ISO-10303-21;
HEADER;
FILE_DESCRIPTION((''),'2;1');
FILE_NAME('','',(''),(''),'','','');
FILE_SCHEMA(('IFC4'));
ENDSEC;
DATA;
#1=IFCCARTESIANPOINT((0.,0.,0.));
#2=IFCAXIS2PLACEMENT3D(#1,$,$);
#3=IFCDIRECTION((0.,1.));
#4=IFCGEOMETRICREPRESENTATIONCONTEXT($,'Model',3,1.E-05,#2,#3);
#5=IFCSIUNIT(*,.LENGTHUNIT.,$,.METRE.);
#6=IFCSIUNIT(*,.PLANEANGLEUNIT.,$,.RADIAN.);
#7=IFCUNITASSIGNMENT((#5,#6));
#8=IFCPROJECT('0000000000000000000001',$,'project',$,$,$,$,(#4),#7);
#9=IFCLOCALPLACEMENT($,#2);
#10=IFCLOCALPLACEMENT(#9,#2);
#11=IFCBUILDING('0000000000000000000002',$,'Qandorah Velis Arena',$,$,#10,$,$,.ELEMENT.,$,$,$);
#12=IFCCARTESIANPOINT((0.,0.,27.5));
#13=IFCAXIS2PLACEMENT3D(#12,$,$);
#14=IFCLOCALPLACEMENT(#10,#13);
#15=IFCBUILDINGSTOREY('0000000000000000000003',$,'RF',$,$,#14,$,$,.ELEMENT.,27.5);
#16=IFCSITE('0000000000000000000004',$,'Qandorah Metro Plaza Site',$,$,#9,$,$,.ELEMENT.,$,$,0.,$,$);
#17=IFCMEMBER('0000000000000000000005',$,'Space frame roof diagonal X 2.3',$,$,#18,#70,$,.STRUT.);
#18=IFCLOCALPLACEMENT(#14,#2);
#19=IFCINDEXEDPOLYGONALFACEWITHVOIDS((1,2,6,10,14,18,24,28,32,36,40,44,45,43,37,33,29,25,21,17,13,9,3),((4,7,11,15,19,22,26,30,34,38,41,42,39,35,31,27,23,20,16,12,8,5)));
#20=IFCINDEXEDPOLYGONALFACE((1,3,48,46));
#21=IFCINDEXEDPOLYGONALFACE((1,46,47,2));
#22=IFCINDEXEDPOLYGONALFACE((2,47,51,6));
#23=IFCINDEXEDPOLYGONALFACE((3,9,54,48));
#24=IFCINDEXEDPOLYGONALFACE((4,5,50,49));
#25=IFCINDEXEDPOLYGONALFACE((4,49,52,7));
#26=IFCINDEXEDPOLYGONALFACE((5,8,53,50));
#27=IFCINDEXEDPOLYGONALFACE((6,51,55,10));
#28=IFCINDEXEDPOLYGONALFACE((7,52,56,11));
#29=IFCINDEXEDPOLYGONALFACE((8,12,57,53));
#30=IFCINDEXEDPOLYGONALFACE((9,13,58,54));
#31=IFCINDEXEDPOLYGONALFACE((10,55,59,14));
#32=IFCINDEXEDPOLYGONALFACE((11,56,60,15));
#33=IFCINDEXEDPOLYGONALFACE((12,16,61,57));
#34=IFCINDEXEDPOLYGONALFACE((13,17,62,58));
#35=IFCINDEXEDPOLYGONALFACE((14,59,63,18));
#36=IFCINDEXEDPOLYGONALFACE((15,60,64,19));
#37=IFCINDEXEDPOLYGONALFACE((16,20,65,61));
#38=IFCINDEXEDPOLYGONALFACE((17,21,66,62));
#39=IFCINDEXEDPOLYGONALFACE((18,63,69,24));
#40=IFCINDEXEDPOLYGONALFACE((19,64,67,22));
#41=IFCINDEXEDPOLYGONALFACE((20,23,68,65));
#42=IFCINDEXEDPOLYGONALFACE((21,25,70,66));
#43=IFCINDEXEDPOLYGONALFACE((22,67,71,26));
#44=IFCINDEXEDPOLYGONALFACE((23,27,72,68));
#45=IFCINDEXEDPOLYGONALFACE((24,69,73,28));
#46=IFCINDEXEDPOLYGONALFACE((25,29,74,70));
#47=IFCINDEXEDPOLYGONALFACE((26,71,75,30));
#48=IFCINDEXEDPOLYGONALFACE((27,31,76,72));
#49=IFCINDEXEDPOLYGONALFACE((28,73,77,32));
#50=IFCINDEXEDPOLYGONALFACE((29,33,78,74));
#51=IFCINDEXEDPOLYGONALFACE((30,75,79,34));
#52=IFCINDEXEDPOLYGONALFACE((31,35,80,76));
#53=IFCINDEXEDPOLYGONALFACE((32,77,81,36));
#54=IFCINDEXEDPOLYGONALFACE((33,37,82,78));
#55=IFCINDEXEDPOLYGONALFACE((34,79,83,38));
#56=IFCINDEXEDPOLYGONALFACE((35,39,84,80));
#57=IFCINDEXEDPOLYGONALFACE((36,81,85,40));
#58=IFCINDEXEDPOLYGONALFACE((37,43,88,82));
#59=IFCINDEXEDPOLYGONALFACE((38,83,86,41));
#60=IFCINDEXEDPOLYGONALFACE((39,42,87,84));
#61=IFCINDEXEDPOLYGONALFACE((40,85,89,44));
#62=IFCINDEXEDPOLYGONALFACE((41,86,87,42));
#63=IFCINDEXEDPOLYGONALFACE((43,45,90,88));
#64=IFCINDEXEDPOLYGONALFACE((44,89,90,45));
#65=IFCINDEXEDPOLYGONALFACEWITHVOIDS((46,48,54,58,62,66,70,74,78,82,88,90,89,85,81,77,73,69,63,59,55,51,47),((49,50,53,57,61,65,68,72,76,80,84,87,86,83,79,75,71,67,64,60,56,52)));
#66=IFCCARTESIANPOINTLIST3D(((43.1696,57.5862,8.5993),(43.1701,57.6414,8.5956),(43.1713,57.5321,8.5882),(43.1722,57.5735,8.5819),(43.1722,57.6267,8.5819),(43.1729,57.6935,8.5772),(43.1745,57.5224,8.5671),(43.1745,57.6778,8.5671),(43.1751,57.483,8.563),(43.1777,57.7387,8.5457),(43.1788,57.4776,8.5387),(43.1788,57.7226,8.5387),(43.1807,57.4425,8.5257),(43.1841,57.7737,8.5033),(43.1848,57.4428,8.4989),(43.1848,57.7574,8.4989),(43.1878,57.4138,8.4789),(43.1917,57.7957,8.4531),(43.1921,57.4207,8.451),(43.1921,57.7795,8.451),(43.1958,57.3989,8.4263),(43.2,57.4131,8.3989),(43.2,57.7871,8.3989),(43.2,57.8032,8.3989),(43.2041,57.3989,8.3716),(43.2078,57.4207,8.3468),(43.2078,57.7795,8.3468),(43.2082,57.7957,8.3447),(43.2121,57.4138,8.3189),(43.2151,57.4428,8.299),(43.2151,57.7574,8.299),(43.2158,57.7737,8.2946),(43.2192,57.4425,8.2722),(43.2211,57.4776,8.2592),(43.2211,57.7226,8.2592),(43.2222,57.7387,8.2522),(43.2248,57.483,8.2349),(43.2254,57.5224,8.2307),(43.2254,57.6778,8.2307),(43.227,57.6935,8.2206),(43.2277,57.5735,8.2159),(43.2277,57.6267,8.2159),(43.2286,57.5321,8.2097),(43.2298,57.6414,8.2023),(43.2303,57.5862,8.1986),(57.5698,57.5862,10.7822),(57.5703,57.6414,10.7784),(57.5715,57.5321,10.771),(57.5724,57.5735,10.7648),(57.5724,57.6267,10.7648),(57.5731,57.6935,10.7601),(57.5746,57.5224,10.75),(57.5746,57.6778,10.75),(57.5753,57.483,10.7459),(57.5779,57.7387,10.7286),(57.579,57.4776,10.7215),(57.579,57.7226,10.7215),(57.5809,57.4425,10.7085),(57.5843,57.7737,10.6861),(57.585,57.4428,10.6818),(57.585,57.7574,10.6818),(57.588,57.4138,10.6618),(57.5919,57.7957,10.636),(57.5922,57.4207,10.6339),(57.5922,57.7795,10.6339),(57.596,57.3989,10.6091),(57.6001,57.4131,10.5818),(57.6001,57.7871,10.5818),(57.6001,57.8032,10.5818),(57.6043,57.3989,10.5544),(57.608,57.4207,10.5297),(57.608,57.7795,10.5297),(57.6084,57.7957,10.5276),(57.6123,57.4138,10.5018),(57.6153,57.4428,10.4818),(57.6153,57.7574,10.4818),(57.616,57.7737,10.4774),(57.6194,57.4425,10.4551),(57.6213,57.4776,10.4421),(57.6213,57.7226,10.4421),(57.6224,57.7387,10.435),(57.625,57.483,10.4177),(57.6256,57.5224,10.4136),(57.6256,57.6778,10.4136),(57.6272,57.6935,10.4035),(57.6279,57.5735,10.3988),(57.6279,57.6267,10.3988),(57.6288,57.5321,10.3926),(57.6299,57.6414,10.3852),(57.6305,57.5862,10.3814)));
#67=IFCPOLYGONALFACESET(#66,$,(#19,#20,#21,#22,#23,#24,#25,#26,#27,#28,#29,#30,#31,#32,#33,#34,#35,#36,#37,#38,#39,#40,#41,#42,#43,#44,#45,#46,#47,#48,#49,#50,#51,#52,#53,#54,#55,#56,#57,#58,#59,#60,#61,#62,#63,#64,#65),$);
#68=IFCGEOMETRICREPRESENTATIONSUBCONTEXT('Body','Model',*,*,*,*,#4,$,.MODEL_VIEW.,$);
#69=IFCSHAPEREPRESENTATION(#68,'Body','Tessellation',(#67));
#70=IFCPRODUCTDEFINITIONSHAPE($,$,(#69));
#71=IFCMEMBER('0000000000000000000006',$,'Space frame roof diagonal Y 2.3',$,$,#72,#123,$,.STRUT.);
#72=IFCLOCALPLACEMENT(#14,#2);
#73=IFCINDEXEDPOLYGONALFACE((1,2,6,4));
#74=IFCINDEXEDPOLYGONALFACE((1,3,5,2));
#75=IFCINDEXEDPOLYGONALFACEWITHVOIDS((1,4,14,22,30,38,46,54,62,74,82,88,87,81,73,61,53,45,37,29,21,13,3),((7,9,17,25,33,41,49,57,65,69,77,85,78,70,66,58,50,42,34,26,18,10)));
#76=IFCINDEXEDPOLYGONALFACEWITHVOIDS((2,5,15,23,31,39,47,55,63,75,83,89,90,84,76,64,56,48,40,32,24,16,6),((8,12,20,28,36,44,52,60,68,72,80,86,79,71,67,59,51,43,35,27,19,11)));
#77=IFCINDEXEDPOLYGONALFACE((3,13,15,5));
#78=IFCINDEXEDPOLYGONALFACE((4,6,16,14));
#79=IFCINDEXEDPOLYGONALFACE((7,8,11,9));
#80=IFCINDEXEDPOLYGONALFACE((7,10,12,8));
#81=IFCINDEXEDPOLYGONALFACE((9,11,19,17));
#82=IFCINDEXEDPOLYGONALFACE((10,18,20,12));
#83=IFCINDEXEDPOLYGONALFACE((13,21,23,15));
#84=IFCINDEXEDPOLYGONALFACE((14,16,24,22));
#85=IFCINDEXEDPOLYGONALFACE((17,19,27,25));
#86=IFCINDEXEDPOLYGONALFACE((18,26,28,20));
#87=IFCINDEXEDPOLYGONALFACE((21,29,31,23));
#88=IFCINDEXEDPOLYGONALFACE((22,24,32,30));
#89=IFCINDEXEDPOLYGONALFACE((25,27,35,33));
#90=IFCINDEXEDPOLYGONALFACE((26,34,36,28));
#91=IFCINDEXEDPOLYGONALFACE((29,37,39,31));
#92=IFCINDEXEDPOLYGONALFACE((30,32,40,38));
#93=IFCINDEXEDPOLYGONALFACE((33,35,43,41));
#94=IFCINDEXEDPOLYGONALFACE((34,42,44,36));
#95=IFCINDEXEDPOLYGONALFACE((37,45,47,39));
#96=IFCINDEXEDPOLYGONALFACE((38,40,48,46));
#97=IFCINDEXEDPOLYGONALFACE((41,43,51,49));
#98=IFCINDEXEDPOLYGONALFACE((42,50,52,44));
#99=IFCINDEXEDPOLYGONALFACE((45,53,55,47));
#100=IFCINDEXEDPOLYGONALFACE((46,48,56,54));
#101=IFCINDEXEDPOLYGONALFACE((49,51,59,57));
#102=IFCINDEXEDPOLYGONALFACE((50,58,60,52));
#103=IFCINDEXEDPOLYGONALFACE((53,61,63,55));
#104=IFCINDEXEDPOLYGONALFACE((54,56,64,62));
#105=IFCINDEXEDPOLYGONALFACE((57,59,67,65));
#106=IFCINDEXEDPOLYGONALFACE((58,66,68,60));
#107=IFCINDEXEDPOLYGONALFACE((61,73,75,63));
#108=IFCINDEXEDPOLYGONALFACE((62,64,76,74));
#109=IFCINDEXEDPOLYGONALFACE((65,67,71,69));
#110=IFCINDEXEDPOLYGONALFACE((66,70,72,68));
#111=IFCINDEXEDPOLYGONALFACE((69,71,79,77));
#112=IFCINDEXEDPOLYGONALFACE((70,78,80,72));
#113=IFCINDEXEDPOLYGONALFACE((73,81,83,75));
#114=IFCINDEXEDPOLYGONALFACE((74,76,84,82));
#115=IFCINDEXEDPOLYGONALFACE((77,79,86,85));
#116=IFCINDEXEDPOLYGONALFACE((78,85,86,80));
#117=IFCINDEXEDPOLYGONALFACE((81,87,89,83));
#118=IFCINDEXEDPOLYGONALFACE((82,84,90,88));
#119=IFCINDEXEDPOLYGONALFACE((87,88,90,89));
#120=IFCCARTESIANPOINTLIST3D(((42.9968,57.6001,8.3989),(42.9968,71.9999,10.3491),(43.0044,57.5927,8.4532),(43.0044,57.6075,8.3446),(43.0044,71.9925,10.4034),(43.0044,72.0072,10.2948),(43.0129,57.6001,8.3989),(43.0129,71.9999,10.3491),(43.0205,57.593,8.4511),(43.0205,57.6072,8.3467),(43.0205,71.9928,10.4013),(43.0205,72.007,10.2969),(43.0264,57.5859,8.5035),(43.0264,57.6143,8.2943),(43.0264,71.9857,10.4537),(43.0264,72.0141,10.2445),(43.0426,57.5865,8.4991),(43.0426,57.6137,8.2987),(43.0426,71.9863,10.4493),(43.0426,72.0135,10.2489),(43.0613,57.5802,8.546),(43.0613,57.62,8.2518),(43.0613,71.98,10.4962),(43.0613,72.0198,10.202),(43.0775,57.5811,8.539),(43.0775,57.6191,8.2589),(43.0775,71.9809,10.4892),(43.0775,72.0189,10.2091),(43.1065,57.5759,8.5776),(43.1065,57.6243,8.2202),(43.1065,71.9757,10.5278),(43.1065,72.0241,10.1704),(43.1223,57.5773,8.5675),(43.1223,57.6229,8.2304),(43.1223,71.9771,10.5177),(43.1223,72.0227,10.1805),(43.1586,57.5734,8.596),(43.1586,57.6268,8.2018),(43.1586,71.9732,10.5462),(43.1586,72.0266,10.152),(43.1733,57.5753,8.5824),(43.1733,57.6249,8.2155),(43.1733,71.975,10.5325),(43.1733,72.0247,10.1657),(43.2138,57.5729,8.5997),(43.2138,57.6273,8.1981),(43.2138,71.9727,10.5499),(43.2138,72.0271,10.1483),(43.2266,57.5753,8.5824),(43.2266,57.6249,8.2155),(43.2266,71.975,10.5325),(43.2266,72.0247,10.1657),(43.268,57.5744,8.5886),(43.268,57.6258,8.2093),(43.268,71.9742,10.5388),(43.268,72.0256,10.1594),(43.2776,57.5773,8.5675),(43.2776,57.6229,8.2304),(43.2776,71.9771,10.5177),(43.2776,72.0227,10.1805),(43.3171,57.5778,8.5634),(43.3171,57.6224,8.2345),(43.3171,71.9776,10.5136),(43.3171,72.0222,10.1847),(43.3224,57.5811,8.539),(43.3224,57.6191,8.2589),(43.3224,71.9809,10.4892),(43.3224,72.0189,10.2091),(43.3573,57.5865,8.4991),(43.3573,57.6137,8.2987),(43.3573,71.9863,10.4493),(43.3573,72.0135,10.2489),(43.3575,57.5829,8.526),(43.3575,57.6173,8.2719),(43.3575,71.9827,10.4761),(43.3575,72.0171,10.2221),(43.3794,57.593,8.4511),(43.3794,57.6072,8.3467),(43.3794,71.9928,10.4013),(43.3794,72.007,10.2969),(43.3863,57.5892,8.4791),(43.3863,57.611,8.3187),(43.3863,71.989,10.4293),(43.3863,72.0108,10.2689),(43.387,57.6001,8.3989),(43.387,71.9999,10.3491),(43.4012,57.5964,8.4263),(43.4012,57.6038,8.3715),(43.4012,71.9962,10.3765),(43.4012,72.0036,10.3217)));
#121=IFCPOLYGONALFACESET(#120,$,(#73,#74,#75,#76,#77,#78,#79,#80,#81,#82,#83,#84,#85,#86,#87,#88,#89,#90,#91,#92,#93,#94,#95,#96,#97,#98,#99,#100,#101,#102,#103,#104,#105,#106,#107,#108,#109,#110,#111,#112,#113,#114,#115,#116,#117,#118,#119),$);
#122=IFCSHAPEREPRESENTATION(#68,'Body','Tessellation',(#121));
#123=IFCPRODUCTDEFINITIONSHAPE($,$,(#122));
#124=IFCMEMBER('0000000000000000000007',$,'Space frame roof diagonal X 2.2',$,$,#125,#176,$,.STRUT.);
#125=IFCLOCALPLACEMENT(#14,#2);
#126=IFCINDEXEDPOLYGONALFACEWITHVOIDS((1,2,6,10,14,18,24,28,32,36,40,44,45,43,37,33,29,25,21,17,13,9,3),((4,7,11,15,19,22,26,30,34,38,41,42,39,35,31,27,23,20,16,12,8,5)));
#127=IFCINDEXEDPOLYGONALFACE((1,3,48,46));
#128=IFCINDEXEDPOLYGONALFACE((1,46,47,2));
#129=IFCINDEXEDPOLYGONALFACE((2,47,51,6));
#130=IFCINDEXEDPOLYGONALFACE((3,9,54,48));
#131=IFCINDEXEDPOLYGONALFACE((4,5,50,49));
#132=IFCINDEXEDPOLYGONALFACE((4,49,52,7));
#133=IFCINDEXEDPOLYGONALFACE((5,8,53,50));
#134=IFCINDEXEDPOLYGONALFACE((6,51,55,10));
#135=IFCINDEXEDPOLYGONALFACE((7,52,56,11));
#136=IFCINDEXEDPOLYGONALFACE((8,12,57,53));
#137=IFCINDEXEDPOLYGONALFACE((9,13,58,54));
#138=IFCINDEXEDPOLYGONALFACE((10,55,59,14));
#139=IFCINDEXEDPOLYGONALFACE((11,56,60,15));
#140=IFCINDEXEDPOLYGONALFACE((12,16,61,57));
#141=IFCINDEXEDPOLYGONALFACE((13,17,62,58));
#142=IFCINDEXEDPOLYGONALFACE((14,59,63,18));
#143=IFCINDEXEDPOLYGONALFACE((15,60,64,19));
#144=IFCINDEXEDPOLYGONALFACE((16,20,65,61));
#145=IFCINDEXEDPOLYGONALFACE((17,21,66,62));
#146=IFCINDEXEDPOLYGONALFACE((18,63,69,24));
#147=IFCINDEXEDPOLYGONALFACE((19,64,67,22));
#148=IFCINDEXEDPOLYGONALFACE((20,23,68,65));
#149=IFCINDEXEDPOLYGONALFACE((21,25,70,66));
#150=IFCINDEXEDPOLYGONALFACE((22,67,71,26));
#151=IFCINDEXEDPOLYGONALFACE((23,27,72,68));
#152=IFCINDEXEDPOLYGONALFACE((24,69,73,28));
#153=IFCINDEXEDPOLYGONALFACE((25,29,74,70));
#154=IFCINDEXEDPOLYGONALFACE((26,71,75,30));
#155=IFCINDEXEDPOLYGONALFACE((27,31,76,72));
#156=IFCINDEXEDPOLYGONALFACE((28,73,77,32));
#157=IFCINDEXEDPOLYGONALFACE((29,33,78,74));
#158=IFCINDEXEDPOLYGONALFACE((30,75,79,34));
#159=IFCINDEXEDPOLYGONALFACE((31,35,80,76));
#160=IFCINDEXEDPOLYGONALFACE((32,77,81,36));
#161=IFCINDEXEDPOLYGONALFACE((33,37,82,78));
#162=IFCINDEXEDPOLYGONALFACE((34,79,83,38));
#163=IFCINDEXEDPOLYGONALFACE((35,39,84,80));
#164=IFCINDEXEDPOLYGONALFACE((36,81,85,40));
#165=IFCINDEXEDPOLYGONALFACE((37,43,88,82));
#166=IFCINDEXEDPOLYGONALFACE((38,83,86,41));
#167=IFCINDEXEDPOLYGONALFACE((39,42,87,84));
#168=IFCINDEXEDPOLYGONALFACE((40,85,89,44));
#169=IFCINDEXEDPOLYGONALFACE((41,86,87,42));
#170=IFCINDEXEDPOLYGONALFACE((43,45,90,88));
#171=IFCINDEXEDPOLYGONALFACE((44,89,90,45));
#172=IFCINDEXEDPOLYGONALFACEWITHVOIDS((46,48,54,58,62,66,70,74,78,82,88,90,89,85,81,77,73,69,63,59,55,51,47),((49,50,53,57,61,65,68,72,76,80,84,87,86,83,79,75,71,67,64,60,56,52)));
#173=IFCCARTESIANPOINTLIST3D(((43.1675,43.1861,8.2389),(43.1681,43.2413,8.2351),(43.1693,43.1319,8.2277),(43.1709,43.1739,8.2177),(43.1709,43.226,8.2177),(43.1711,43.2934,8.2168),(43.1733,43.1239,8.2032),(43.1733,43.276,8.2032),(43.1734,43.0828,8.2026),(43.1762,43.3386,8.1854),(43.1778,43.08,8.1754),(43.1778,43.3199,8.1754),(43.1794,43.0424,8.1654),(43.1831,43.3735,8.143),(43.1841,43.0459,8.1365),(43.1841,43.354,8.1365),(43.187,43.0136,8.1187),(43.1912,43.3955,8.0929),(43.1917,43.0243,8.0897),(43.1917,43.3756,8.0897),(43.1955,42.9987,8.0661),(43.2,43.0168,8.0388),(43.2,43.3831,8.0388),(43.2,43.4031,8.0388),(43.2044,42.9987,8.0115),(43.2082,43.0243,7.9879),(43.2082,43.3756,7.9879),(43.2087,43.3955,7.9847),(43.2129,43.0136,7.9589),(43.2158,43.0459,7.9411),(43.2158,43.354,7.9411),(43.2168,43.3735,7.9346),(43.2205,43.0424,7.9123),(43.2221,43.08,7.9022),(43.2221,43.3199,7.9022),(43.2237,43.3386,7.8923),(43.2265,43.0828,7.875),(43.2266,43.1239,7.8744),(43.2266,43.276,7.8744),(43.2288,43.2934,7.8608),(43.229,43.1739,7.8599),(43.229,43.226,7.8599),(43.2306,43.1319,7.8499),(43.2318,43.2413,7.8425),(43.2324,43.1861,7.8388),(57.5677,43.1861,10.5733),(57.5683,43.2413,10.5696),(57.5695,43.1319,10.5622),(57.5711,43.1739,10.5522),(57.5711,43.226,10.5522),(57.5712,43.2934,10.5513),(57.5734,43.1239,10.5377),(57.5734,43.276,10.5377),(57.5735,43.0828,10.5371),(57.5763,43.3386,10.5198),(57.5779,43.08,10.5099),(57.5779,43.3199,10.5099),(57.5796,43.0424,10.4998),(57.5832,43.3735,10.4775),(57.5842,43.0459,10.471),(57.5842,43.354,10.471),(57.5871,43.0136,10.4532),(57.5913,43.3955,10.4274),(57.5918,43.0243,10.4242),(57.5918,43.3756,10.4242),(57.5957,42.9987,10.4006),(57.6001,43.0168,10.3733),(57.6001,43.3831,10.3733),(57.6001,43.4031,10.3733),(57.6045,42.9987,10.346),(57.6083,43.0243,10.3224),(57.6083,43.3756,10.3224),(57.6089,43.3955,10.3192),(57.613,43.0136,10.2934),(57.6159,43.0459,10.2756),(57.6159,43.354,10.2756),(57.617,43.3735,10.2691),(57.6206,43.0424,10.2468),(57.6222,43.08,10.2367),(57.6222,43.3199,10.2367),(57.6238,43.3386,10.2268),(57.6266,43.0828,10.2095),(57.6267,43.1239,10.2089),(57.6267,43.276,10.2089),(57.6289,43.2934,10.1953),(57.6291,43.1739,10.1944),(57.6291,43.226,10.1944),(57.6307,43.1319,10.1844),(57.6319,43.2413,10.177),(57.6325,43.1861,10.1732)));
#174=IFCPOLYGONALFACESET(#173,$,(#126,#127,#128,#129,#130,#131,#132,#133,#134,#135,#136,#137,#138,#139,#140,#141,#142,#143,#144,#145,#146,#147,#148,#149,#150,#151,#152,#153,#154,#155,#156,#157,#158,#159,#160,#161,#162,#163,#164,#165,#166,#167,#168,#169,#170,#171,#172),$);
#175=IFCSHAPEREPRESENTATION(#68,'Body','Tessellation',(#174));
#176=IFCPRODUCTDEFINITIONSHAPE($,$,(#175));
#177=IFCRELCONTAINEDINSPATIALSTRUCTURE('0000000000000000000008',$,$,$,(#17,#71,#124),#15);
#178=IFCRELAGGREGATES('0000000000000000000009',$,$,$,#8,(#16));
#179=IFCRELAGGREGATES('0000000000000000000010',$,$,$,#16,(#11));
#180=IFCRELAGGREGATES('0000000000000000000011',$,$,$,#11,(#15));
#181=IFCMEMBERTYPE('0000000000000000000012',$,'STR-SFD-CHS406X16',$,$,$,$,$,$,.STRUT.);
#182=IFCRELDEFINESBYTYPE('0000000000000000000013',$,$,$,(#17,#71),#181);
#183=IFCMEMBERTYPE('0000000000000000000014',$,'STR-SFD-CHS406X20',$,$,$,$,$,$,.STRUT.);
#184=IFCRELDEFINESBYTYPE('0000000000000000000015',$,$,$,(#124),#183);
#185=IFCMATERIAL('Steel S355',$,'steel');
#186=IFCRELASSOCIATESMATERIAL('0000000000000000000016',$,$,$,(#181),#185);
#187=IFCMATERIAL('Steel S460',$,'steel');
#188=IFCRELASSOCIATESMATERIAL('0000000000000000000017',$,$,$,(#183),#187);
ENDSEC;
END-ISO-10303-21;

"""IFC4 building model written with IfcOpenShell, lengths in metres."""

from ifc_helpers import new_model, si_unit, direction, frame, origin, origin_2d, place, context, subcontext, project, spatial, hollow_circle, extrude, material, material_profile, profile_set, type_object, element, save


model = new_model("IFC4")

# Units and contexts
model_context = context("Model", 3, precision=1e-05, world=origin(), true_north=direction((0.0, 1.0)))
body_context = subcontext(model_context, "Body", "Model", "MODEL_VIEW")
ifc_project = project(units=[si_unit("LENGTHUNIT", "METRE"), si_unit("PLANEANGLEUNIT", "RADIAN")], contexts=[model_context])

# Site, building, storey
site_placement = place(None, origin())
site = spatial("IfcSite", under=ifc_project, at=site_placement, Name="Qandorah Metro Plaza Site", CompositionType="ELEMENT", RefElevation=0.0)
building_placement = place(site_placement, origin())
building = spatial("IfcBuilding", under=site, at=building_placement, Name="Qandorah Velis Arena", CompositionType="ELEMENT")
storey_placement = place(building_placement, frame((0.0, 0.0, 27.5)))
storey = spatial("IfcBuildingStorey", under=building, at=storey_placement, Name="RF", CompositionType="ELEMENT", Elevation=27.5)

# Shared definitions
ifc_material_1 = material(Name="Steel S355", Category="steel")

# Members
ifc_material_profile_1 = material_profile(ifc_material_1, hollow_circle(Radius=0.2031, WallThickness=0.0161, at=origin_2d()), Name="CHS 406.4x16")
ifc_profile_set_1 = profile_set([ifc_material_profile_1], Name="Steel S355")
member_type_1 = type_object("IfcMemberType", Name="STR-SFD-CHS406X16", PredefinedType="STRUT", material=ifc_profile_set_1)
member_1_placement = place(storey_placement, frame((43.2, 57.6001, 8.3989), z_axis=(0.988705, 0.0, 0.149874), x_axis=(0.0, 1.0, 0.0)))
element("IfcMember", 1, at=member_1_placement, inside=storey, type_object=member_type_1, Name="Space frame roof diagonal X 2.3", PredefinedType="STRUT", context=body_context, shape_type="SweptSolid", body=[
    extrude(hollow_circle(Radius=0.2031, WallThickness=0.0161, at=origin_2d()), origin(), (0.0, 0.0, 1.0), 14.5647),
])
member_2_placement = place(storey_placement, frame((43.2, 57.6001, 8.3989), z_axis=(0.0, 0.990953, 0.134206), x_axis=(-1.0, 0.0, 0.0)))
element("IfcMember", 2, at=member_2_placement, inside=storey, type_object=member_type_1, Name="Space frame roof diagonal Y 2.3", PredefinedType="STRUT", context=body_context, shape_type="SweptSolid", body=[
    extrude(hollow_circle(Radius=0.2031, WallThickness=0.0161, at=origin_2d()), origin(), (0.0, 0.0, 1.0), 14.5312),
])
ifc_material_2 = material(Name="Steel S460", Category="steel")
ifc_material_profile_2 = material_profile(ifc_material_2, hollow_circle(Radius=0.2031, WallThickness=0.02, at=origin_2d()), Name="CHS 406.4x20")
ifc_profile_set_2 = profile_set([ifc_material_profile_2], Name="Steel S460")
member_type_2 = type_object("IfcMemberType", Name="STR-SFD-CHS406X20", PredefinedType="STRUT", material=ifc_profile_set_2)
member_3_placement = place(storey_placement, frame((43.2, 43.2, 8.0388), z_axis=(0.987113, 0.0, 0.160025), x_axis=(0.0, 1.0, 0.0)))
element("IfcMember", 3, at=member_3_placement, inside=storey, type_object=member_type_2, Name="Space frame roof diagonal X 2.2", PredefinedType="STRUT", context=body_context, shape_type="SweptSolid", body=[
    extrude(hollow_circle(Radius=0.2031, WallThickness=0.02, at=origin_2d()), origin(), (0.0, 0.0, 1.0), 14.5881),
])

save(model, "model.ifc")
